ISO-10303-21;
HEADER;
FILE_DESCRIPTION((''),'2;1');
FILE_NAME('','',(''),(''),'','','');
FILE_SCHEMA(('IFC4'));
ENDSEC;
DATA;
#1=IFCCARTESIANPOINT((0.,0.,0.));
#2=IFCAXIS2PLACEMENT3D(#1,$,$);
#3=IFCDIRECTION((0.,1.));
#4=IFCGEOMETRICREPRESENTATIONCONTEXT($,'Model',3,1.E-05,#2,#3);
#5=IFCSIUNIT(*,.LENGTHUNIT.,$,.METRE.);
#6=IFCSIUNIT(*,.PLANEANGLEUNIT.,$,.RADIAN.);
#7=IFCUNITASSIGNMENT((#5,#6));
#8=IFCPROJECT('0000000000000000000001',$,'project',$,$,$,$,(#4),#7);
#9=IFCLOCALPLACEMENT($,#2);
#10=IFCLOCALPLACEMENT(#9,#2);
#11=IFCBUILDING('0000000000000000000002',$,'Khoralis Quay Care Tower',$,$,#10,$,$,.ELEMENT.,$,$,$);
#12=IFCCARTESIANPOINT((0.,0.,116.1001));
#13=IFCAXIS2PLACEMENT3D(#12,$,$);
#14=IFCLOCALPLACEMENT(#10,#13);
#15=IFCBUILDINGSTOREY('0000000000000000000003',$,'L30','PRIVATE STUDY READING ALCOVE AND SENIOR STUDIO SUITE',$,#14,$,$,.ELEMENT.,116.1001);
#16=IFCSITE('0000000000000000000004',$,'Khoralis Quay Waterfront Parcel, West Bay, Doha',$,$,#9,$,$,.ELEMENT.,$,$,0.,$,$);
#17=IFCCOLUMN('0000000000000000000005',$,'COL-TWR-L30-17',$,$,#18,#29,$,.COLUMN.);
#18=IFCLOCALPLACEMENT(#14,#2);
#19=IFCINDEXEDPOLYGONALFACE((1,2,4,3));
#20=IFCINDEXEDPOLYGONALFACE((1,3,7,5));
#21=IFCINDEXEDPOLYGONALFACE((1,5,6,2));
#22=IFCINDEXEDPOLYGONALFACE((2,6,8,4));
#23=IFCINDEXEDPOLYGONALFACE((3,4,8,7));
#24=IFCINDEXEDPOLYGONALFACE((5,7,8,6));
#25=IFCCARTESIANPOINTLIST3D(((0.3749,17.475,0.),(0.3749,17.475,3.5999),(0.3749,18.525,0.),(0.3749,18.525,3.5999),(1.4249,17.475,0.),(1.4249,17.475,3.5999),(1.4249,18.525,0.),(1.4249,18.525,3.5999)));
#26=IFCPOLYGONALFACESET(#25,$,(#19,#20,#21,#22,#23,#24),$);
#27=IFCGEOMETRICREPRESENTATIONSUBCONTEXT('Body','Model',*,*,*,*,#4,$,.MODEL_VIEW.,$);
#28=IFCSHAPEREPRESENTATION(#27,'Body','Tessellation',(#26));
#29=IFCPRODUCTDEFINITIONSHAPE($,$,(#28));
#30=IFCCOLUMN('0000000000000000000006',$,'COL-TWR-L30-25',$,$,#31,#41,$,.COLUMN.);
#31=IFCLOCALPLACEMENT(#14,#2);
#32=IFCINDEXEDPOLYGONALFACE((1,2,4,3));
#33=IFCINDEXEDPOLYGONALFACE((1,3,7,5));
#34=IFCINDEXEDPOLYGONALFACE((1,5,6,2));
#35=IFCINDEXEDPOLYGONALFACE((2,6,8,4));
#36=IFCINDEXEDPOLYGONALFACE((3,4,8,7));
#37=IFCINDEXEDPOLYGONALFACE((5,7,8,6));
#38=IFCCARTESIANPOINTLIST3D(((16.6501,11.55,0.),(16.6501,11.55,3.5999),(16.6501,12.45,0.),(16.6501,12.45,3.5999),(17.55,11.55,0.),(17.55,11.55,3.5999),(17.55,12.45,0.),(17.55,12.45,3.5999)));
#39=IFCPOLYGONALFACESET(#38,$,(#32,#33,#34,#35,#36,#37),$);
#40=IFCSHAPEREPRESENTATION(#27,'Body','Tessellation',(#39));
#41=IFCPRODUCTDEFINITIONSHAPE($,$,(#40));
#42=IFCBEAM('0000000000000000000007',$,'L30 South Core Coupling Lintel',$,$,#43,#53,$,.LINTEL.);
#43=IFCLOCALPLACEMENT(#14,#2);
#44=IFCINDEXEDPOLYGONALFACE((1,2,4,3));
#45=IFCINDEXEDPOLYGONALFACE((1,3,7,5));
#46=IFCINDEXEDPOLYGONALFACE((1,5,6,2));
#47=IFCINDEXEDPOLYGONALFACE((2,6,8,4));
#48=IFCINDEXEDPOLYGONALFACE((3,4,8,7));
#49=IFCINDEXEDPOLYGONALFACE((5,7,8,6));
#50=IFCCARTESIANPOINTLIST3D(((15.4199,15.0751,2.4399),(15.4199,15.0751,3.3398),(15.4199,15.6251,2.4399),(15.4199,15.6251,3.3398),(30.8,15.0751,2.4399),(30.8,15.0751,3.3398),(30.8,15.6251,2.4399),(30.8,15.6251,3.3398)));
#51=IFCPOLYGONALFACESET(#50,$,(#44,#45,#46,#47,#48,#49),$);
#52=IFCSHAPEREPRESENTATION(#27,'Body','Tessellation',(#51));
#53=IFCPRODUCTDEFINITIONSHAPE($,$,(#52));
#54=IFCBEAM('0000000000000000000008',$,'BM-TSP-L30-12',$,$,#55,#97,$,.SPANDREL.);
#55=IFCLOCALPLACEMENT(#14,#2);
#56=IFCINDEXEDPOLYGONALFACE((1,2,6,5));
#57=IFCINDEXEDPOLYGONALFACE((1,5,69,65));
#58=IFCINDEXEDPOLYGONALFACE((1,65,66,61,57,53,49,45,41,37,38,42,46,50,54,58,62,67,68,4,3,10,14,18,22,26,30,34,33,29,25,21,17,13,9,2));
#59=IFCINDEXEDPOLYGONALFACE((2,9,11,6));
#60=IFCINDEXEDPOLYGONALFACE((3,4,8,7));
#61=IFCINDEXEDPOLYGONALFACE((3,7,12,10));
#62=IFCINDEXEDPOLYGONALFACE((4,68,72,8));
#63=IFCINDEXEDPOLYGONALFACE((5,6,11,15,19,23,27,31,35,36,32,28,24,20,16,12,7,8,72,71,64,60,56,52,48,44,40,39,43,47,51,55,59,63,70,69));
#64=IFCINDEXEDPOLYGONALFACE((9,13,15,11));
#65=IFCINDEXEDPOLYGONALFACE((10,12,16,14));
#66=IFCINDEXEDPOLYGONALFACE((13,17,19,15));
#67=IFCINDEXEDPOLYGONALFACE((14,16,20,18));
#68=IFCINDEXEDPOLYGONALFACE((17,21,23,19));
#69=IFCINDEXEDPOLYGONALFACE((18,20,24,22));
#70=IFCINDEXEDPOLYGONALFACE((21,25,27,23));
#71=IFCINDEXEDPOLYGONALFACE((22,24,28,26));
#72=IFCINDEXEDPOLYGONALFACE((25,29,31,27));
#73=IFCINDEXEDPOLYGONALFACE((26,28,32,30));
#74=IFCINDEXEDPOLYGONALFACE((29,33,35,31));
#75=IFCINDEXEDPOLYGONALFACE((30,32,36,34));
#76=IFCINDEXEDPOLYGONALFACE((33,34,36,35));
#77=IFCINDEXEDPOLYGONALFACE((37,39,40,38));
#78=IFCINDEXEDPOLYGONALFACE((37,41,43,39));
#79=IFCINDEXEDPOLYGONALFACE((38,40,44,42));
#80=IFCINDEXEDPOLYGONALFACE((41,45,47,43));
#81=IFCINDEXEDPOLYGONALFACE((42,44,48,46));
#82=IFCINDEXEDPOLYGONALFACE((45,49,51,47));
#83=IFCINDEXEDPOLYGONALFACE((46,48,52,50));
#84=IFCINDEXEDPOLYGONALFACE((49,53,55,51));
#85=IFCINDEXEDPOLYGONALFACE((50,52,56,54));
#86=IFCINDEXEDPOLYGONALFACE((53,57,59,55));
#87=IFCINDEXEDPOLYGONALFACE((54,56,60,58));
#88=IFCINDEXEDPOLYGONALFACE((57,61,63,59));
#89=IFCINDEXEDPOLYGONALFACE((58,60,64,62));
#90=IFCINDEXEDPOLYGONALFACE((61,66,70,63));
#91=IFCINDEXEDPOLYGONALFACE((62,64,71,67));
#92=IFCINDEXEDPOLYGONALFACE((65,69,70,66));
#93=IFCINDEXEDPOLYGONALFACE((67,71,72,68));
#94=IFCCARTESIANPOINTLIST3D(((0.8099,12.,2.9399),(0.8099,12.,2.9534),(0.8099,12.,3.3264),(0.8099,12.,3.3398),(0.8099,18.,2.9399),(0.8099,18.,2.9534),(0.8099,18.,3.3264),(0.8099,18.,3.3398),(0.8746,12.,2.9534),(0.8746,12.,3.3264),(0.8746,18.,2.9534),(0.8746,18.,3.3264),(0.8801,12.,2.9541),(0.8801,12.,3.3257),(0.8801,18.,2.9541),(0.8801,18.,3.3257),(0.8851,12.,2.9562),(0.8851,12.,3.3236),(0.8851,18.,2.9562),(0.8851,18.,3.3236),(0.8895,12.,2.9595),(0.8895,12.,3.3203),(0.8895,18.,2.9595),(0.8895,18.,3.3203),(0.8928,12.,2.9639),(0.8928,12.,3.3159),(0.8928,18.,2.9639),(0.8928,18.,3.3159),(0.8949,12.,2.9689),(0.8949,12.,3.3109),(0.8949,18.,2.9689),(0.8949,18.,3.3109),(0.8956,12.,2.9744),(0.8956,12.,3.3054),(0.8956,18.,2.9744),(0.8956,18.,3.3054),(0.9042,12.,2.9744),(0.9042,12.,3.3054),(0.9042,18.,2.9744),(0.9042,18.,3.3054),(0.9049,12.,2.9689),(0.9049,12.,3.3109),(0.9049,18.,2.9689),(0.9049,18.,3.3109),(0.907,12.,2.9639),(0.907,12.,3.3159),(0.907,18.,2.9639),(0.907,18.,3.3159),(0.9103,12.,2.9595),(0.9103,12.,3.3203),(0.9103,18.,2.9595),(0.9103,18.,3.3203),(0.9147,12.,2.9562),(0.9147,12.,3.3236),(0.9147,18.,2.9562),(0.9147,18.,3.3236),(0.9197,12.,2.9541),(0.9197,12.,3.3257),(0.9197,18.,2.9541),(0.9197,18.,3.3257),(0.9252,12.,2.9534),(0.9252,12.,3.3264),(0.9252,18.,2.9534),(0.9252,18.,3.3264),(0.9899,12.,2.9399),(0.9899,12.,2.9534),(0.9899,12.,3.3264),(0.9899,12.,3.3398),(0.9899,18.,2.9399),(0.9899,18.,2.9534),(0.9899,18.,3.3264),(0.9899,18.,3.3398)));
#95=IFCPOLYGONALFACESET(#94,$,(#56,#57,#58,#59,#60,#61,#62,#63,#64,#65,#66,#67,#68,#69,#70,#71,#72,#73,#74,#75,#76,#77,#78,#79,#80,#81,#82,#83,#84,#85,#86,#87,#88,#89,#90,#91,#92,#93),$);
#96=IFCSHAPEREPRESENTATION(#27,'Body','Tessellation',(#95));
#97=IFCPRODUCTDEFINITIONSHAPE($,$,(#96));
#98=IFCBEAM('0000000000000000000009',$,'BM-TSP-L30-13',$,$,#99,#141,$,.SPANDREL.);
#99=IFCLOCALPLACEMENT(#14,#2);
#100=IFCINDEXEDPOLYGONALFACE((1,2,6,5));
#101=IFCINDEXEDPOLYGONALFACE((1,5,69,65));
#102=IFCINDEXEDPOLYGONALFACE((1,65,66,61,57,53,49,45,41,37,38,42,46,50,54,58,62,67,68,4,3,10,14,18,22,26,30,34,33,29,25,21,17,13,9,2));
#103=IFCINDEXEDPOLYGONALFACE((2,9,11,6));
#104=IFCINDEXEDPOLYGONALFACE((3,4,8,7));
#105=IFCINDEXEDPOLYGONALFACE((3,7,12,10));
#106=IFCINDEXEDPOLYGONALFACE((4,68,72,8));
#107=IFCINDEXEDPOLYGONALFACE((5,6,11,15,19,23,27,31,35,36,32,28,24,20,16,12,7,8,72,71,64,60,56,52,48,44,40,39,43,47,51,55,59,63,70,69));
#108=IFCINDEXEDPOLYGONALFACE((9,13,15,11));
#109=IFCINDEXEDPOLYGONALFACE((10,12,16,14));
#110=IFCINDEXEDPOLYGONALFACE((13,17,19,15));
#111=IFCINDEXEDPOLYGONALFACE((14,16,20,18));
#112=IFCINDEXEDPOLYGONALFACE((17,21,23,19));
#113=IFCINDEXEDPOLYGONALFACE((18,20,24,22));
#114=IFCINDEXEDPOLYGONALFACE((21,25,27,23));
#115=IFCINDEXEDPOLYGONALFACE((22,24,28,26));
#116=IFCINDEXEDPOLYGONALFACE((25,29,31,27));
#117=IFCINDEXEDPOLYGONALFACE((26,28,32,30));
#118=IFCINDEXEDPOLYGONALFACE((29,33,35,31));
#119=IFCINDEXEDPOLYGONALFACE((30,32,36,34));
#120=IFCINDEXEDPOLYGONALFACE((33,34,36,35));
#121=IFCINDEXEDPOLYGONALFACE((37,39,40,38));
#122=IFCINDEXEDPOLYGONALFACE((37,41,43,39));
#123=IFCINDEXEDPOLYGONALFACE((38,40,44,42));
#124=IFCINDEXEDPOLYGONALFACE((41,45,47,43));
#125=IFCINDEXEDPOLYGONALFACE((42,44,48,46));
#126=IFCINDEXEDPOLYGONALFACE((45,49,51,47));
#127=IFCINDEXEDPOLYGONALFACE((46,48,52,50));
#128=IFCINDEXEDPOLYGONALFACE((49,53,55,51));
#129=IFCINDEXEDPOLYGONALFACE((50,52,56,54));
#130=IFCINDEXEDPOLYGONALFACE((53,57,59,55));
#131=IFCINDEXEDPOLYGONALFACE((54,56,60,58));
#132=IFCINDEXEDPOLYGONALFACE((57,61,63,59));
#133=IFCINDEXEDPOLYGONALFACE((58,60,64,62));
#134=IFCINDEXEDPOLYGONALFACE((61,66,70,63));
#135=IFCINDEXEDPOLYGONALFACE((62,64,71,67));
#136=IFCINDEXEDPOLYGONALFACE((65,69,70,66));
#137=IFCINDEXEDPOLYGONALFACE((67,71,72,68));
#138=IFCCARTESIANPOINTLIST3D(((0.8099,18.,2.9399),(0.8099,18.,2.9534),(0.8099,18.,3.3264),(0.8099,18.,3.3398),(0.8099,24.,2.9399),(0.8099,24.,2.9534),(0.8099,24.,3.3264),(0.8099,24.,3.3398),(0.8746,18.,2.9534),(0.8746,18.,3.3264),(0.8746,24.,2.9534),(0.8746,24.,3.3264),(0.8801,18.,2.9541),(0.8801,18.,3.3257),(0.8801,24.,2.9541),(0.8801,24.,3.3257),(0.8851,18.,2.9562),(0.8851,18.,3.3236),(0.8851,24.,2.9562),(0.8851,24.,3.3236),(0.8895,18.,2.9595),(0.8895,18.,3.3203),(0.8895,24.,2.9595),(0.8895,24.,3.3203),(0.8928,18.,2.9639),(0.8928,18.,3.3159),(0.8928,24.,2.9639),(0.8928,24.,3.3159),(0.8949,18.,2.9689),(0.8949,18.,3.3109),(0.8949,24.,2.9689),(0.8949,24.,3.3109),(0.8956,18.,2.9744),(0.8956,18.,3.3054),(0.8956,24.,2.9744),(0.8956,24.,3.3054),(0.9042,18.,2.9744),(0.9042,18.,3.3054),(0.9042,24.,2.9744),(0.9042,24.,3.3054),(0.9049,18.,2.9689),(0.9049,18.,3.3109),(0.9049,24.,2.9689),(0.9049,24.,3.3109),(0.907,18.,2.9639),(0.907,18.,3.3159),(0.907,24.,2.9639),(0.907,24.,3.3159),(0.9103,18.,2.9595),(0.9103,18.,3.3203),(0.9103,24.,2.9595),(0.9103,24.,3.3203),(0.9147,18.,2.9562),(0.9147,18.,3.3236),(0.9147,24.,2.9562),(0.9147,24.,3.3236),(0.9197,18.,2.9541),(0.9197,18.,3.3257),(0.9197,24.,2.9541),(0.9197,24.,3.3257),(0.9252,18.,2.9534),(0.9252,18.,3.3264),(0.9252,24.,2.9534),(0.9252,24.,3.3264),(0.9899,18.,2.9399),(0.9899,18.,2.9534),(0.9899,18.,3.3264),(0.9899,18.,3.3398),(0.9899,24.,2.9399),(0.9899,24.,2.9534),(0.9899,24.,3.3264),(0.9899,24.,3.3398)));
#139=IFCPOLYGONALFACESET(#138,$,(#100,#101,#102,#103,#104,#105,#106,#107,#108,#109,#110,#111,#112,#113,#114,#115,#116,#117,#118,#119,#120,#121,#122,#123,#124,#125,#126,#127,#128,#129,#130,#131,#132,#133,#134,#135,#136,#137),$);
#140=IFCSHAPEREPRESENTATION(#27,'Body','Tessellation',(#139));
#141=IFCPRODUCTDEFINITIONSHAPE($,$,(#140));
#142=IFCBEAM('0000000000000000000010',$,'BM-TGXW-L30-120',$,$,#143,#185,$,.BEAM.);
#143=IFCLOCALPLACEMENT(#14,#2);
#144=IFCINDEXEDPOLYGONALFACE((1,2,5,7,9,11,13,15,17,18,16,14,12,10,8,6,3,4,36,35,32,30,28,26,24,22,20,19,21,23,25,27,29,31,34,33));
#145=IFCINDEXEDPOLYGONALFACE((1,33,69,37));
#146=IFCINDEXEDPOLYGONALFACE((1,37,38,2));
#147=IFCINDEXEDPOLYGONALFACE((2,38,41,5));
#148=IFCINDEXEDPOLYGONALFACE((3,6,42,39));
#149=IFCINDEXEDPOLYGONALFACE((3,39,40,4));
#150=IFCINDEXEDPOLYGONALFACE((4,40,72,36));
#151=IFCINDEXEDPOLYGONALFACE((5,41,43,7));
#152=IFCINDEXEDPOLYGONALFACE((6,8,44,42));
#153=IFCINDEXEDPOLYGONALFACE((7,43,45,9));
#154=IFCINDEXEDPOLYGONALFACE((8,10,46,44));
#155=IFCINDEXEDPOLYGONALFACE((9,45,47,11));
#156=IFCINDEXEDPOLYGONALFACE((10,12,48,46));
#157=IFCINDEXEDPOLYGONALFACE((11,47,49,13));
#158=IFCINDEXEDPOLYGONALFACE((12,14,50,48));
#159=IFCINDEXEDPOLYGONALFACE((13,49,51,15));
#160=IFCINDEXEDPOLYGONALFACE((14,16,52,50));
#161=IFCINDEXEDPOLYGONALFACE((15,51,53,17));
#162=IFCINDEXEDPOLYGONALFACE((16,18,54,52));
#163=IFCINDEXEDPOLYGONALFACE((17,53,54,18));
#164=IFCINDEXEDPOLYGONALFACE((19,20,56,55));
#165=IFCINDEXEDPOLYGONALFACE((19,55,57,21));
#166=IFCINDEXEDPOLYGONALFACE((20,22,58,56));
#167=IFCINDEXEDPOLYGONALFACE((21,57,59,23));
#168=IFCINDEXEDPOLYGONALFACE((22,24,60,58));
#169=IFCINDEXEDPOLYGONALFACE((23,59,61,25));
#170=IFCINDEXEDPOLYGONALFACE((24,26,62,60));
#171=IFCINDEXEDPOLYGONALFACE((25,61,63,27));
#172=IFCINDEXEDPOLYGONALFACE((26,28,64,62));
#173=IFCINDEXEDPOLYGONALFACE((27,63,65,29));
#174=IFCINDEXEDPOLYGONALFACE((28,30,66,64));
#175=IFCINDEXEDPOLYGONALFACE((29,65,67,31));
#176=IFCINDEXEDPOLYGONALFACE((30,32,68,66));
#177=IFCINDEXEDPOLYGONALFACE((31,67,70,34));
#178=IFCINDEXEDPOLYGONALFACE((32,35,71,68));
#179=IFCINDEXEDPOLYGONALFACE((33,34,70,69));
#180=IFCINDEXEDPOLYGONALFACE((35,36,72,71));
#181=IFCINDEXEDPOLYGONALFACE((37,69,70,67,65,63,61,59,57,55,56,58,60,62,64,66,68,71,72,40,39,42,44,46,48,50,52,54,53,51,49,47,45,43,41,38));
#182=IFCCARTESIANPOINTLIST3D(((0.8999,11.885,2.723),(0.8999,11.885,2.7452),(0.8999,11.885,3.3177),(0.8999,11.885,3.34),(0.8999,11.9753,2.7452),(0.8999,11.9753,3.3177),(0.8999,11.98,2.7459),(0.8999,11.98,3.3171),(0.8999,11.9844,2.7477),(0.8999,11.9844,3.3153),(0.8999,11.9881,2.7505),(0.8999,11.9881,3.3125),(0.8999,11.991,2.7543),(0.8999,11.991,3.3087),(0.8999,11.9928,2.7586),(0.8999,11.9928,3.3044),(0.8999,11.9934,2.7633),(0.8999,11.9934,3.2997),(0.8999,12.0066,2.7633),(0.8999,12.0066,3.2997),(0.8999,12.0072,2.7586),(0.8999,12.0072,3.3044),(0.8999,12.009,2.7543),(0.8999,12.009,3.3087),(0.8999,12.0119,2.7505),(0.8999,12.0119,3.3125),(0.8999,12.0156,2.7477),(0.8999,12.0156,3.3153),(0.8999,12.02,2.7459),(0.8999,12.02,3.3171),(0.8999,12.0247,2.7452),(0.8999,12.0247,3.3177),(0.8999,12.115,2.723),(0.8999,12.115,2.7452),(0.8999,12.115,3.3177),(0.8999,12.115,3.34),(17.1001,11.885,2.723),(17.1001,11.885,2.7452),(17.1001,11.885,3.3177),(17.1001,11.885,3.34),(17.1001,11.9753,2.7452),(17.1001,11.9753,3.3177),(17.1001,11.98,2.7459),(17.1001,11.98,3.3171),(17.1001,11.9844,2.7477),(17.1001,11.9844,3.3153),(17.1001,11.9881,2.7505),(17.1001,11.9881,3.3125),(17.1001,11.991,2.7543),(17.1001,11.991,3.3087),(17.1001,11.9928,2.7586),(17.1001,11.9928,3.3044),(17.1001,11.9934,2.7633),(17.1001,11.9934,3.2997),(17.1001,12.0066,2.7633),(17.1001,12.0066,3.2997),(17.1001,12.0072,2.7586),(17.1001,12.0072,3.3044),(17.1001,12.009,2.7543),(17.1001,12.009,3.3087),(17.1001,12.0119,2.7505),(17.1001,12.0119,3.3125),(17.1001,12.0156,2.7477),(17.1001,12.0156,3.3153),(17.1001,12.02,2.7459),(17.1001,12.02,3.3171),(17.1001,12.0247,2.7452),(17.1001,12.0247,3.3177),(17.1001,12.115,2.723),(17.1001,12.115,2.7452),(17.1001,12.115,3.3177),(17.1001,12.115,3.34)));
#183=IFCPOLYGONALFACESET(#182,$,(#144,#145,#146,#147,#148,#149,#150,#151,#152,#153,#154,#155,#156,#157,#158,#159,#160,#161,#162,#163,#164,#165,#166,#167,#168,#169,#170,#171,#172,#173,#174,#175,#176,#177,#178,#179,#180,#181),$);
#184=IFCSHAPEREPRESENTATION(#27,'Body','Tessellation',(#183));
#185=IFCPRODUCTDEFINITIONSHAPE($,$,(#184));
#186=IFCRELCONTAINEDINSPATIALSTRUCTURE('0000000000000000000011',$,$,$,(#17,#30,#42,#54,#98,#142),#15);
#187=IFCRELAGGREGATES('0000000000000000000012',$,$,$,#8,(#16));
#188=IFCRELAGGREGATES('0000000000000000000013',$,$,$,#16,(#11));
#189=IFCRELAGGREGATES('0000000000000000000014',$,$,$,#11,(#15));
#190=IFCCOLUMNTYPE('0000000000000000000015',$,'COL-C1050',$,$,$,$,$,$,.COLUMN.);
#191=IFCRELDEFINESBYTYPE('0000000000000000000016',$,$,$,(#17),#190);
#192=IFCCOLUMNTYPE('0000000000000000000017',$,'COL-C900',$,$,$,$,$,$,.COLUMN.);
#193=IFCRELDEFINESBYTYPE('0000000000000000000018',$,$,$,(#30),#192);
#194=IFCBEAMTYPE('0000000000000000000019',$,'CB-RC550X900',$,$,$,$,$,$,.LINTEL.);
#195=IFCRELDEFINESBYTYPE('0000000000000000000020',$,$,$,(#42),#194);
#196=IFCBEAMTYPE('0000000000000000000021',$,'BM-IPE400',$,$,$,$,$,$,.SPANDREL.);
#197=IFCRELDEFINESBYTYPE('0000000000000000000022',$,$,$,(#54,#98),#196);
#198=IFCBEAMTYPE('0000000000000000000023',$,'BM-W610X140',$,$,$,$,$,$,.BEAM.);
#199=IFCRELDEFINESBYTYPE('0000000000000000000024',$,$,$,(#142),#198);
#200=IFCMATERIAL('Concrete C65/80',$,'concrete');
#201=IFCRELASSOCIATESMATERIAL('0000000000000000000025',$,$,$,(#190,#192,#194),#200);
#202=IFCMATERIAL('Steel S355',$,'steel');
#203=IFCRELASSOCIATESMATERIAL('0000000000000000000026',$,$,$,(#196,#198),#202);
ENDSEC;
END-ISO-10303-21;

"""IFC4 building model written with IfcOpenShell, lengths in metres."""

from ifc_helpers import new_model, si_unit, direction, frame, origin, origin_2d, place, context, subcontext, project, spatial, rectangle, i_section, extrude, source, transform, mapped, material, material_profile, profile_set, type_object, element, save


model = new_model("IFC4")

# Units and contexts
model_context = context("Model", 3, precision=1e-05, world=origin(), true_north=direction((0.0, 1.0)))
body_context = subcontext(model_context, "Body", "Model", "MODEL_VIEW")
ifc_project = project(units=[si_unit("LENGTHUNIT", "METRE"), si_unit("PLANEANGLEUNIT", "RADIAN")], contexts=[model_context])

# Site, building, storey
site_placement = place(None, origin())
site = spatial("IfcSite", under=ifc_project, at=site_placement, Name="Khoralis Quay Waterfront Parcel, West Bay, Doha", CompositionType="ELEMENT", RefElevation=0.0)
building_placement = place(site_placement, origin())
building = spatial("IfcBuilding", under=site, at=building_placement, Name="Khoralis Quay Care Tower", CompositionType="ELEMENT")
storey_placement = place(building_placement, frame((0.0, 0.0, 116.1001)))
storey = spatial("IfcBuildingStorey", under=building, at=storey_placement, Name="L30", Description="PRIVATE STUDY READING ALCOVE AND SENIOR STUDIO SUITE", CompositionType="ELEMENT", Elevation=116.1001)

# Columns
ifc_material_1 = material(Name="Concrete C65/80", Category="concrete")
ifc_material_profile_1 = material_profile(ifc_material_1, rectangle(XDim=1.05, YDim=1.05, at=origin_2d()), Name="Concrete C65/80")
ifc_profile_set_1 = profile_set([ifc_material_profile_1], Name="Concrete C65/80")
column_type_1 = type_object("IfcColumnType", Name="COL-C1050", PredefinedType="COLUMN", material=ifc_profile_set_1)
shared_shape_1 = source(origin(), body_context, "Body", "SweptSolid", [
    extrude(rectangle(XDim=1.05, YDim=1.05, at=origin_2d()), origin(), (0.0, 0.0, 1.0), 3.5999),
])
column_1_placement = place(storey_placement, frame((0.8999, 18.0, 0.0), z_axis=(0.0, 0.0, 1.0), x_axis=(1.0, 0.0, 0.0)))
element("IfcColumn", 1, at=column_1_placement, inside=storey, type_object=column_type_1, Name="COL-TWR-L30-17", PredefinedType="COLUMN", context=body_context, shape_type="MappedRepresentation", body=[
    mapped(shared_shape_1, transform((0.0, 0.0, 0.0), scale=1.0)),
])
ifc_material_profile_2 = material_profile(ifc_material_1, rectangle(XDim=0.8999, YDim=0.8999, at=origin_2d()), Name="Concrete C65/80")
ifc_profile_set_2 = profile_set([ifc_material_profile_2], Name="Concrete C65/80")
column_type_2 = type_object("IfcColumnType", Name="COL-C900", PredefinedType="COLUMN", material=ifc_profile_set_2)
shared_shape_2 = source(origin(), body_context, "Body", "SweptSolid", [
    extrude(rectangle(XDim=0.8999, YDim=0.8999, at=origin_2d()), origin(), (0.0, 0.0, 1.0), 3.5999),
])
column_2_placement = place(storey_placement, frame((17.1001, 12.0, 0.0), z_axis=(0.0, 0.0, 1.0), x_axis=(1.0, 0.0, 0.0)))
element("IfcColumn", 2, at=column_2_placement, inside=storey, type_object=column_type_2, Name="COL-TWR-L30-25", PredefinedType="COLUMN", context=body_context, shape_type="MappedRepresentation", body=[
    mapped(shared_shape_2, transform((0.0, 0.0, 0.0), scale=1.0)),
])

# Beams
ifc_material_profile_3 = material_profile(ifc_material_1, rectangle(XDim=0.55, YDim=0.8999, at=origin_2d()), Name="Concrete C65/80")
ifc_profile_set_3 = profile_set([ifc_material_profile_3], Name="Concrete C65/80")
beam_type_1 = type_object("IfcBeamType", Name="CB-RC550X900", PredefinedType="LINTEL", material=ifc_profile_set_3)
shared_shape_3 = source(origin(), body_context, "Body", "SweptSolid", [
    extrude(rectangle(XDim=0.55, YDim=0.8999, at=origin_2d()), origin(), (0.0, 0.0, 1.0), 15.3801),
])
beam_1_placement = place(storey_placement, frame((15.4199, 15.3501, 2.8899), z_axis=(1.0, 0.0, 0.0), x_axis=(0.0, 1.0, 0.0)))
element("IfcBeam", 3, at=beam_1_placement, inside=storey, type_object=beam_type_1, Name="L30 South Core Coupling Lintel", PredefinedType="LINTEL", context=body_context, shape_type="MappedRepresentation", body=[
    mapped(shared_shape_3, transform((0.0, 0.0, 0.0), scale=1.0)),
])
ifc_material_2 = material(Name="Steel S355", Category="steel")
ifc_material_profile_4 = material_profile(ifc_material_2, i_section(OverallWidth=0.1799, OverallDepth=0.3999, WebThickness=0.0085, FlangeThickness=0.0134, FilletRadius=0.021, at=origin_2d()), Name="Steel S355")
ifc_profile_set_4 = profile_set([ifc_material_profile_4], Name="Steel S355")
beam_type_2 = type_object("IfcBeamType", Name="BM-IPE400", PredefinedType="SPANDREL", material=ifc_profile_set_4)
shared_shape_4 = source(origin(), body_context, "Body", "SweptSolid", [
    extrude(i_section(OverallWidth=0.1799, OverallDepth=0.3999, WebThickness=0.0085, FlangeThickness=0.0134, FilletRadius=0.021, at=origin_2d()), origin(), (0.0, 0.0, 1.0), 6.0),
])
for number, where, z_axis, x_axis, name in (
    (4, (0.8999, 12.0, 3.1399), (0.0, 1.0, 0.0), (-1.0, 0.0, 0.0), "BM-TSP-L30-12"),
    (5, (0.8999, 18.0, 3.1399), (0.0, 1.0, 0.0), (-1.0, 0.0, 0.0), "BM-TSP-L30-13"),
):
    element("IfcBeam", number, at=place(storey_placement, frame(where, z_axis=z_axis, x_axis=x_axis)), inside=storey, type_object=beam_type_2, Name=name, PredefinedType="SPANDREL", context=body_context, shape_type="MappedRepresentation", body=[
        mapped(shared_shape_4, transform((0.0, 0.0, 0.0), scale=1.0)),
    ])
ifc_material_profile_5 = material_profile(ifc_material_2, i_section(OverallWidth=0.23, OverallDepth=0.6169, WebThickness=0.0132, FlangeThickness=0.0222, FilletRadius=0.0181, at=origin_2d()), Name="Steel S355")
ifc_profile_set_5 = profile_set([ifc_material_profile_5], Name="Steel S355")
beam_type_3 = type_object("IfcBeamType", Name="BM-W610X140", PredefinedType="BEAM", material=ifc_profile_set_5)
shared_shape_5 = source(origin(), body_context, "Body", "SweptSolid", [
    extrude(i_section(OverallWidth=0.23, OverallDepth=0.6169, WebThickness=0.0132, FlangeThickness=0.0222, FilletRadius=0.0181, at=origin_2d()), origin(), (0.0, 0.0, 1.0), 16.2002),
])
beam_2_placement = place(storey_placement, frame((0.8999, 12.0, 3.0315), z_axis=(1.0, 0.0, 0.0), x_axis=(0.0, 1.0, 0.0)))
element("IfcBeam", 6, at=beam_2_placement, inside=storey, type_object=beam_type_3, Name="BM-TGXW-L30-120", PredefinedType="BEAM", context=body_context, shape_type="MappedRepresentation", body=[
    mapped(shared_shape_5, transform((0.0, 0.0, 0.0), scale=1.0)),
])

save(model, "model.ifc")
